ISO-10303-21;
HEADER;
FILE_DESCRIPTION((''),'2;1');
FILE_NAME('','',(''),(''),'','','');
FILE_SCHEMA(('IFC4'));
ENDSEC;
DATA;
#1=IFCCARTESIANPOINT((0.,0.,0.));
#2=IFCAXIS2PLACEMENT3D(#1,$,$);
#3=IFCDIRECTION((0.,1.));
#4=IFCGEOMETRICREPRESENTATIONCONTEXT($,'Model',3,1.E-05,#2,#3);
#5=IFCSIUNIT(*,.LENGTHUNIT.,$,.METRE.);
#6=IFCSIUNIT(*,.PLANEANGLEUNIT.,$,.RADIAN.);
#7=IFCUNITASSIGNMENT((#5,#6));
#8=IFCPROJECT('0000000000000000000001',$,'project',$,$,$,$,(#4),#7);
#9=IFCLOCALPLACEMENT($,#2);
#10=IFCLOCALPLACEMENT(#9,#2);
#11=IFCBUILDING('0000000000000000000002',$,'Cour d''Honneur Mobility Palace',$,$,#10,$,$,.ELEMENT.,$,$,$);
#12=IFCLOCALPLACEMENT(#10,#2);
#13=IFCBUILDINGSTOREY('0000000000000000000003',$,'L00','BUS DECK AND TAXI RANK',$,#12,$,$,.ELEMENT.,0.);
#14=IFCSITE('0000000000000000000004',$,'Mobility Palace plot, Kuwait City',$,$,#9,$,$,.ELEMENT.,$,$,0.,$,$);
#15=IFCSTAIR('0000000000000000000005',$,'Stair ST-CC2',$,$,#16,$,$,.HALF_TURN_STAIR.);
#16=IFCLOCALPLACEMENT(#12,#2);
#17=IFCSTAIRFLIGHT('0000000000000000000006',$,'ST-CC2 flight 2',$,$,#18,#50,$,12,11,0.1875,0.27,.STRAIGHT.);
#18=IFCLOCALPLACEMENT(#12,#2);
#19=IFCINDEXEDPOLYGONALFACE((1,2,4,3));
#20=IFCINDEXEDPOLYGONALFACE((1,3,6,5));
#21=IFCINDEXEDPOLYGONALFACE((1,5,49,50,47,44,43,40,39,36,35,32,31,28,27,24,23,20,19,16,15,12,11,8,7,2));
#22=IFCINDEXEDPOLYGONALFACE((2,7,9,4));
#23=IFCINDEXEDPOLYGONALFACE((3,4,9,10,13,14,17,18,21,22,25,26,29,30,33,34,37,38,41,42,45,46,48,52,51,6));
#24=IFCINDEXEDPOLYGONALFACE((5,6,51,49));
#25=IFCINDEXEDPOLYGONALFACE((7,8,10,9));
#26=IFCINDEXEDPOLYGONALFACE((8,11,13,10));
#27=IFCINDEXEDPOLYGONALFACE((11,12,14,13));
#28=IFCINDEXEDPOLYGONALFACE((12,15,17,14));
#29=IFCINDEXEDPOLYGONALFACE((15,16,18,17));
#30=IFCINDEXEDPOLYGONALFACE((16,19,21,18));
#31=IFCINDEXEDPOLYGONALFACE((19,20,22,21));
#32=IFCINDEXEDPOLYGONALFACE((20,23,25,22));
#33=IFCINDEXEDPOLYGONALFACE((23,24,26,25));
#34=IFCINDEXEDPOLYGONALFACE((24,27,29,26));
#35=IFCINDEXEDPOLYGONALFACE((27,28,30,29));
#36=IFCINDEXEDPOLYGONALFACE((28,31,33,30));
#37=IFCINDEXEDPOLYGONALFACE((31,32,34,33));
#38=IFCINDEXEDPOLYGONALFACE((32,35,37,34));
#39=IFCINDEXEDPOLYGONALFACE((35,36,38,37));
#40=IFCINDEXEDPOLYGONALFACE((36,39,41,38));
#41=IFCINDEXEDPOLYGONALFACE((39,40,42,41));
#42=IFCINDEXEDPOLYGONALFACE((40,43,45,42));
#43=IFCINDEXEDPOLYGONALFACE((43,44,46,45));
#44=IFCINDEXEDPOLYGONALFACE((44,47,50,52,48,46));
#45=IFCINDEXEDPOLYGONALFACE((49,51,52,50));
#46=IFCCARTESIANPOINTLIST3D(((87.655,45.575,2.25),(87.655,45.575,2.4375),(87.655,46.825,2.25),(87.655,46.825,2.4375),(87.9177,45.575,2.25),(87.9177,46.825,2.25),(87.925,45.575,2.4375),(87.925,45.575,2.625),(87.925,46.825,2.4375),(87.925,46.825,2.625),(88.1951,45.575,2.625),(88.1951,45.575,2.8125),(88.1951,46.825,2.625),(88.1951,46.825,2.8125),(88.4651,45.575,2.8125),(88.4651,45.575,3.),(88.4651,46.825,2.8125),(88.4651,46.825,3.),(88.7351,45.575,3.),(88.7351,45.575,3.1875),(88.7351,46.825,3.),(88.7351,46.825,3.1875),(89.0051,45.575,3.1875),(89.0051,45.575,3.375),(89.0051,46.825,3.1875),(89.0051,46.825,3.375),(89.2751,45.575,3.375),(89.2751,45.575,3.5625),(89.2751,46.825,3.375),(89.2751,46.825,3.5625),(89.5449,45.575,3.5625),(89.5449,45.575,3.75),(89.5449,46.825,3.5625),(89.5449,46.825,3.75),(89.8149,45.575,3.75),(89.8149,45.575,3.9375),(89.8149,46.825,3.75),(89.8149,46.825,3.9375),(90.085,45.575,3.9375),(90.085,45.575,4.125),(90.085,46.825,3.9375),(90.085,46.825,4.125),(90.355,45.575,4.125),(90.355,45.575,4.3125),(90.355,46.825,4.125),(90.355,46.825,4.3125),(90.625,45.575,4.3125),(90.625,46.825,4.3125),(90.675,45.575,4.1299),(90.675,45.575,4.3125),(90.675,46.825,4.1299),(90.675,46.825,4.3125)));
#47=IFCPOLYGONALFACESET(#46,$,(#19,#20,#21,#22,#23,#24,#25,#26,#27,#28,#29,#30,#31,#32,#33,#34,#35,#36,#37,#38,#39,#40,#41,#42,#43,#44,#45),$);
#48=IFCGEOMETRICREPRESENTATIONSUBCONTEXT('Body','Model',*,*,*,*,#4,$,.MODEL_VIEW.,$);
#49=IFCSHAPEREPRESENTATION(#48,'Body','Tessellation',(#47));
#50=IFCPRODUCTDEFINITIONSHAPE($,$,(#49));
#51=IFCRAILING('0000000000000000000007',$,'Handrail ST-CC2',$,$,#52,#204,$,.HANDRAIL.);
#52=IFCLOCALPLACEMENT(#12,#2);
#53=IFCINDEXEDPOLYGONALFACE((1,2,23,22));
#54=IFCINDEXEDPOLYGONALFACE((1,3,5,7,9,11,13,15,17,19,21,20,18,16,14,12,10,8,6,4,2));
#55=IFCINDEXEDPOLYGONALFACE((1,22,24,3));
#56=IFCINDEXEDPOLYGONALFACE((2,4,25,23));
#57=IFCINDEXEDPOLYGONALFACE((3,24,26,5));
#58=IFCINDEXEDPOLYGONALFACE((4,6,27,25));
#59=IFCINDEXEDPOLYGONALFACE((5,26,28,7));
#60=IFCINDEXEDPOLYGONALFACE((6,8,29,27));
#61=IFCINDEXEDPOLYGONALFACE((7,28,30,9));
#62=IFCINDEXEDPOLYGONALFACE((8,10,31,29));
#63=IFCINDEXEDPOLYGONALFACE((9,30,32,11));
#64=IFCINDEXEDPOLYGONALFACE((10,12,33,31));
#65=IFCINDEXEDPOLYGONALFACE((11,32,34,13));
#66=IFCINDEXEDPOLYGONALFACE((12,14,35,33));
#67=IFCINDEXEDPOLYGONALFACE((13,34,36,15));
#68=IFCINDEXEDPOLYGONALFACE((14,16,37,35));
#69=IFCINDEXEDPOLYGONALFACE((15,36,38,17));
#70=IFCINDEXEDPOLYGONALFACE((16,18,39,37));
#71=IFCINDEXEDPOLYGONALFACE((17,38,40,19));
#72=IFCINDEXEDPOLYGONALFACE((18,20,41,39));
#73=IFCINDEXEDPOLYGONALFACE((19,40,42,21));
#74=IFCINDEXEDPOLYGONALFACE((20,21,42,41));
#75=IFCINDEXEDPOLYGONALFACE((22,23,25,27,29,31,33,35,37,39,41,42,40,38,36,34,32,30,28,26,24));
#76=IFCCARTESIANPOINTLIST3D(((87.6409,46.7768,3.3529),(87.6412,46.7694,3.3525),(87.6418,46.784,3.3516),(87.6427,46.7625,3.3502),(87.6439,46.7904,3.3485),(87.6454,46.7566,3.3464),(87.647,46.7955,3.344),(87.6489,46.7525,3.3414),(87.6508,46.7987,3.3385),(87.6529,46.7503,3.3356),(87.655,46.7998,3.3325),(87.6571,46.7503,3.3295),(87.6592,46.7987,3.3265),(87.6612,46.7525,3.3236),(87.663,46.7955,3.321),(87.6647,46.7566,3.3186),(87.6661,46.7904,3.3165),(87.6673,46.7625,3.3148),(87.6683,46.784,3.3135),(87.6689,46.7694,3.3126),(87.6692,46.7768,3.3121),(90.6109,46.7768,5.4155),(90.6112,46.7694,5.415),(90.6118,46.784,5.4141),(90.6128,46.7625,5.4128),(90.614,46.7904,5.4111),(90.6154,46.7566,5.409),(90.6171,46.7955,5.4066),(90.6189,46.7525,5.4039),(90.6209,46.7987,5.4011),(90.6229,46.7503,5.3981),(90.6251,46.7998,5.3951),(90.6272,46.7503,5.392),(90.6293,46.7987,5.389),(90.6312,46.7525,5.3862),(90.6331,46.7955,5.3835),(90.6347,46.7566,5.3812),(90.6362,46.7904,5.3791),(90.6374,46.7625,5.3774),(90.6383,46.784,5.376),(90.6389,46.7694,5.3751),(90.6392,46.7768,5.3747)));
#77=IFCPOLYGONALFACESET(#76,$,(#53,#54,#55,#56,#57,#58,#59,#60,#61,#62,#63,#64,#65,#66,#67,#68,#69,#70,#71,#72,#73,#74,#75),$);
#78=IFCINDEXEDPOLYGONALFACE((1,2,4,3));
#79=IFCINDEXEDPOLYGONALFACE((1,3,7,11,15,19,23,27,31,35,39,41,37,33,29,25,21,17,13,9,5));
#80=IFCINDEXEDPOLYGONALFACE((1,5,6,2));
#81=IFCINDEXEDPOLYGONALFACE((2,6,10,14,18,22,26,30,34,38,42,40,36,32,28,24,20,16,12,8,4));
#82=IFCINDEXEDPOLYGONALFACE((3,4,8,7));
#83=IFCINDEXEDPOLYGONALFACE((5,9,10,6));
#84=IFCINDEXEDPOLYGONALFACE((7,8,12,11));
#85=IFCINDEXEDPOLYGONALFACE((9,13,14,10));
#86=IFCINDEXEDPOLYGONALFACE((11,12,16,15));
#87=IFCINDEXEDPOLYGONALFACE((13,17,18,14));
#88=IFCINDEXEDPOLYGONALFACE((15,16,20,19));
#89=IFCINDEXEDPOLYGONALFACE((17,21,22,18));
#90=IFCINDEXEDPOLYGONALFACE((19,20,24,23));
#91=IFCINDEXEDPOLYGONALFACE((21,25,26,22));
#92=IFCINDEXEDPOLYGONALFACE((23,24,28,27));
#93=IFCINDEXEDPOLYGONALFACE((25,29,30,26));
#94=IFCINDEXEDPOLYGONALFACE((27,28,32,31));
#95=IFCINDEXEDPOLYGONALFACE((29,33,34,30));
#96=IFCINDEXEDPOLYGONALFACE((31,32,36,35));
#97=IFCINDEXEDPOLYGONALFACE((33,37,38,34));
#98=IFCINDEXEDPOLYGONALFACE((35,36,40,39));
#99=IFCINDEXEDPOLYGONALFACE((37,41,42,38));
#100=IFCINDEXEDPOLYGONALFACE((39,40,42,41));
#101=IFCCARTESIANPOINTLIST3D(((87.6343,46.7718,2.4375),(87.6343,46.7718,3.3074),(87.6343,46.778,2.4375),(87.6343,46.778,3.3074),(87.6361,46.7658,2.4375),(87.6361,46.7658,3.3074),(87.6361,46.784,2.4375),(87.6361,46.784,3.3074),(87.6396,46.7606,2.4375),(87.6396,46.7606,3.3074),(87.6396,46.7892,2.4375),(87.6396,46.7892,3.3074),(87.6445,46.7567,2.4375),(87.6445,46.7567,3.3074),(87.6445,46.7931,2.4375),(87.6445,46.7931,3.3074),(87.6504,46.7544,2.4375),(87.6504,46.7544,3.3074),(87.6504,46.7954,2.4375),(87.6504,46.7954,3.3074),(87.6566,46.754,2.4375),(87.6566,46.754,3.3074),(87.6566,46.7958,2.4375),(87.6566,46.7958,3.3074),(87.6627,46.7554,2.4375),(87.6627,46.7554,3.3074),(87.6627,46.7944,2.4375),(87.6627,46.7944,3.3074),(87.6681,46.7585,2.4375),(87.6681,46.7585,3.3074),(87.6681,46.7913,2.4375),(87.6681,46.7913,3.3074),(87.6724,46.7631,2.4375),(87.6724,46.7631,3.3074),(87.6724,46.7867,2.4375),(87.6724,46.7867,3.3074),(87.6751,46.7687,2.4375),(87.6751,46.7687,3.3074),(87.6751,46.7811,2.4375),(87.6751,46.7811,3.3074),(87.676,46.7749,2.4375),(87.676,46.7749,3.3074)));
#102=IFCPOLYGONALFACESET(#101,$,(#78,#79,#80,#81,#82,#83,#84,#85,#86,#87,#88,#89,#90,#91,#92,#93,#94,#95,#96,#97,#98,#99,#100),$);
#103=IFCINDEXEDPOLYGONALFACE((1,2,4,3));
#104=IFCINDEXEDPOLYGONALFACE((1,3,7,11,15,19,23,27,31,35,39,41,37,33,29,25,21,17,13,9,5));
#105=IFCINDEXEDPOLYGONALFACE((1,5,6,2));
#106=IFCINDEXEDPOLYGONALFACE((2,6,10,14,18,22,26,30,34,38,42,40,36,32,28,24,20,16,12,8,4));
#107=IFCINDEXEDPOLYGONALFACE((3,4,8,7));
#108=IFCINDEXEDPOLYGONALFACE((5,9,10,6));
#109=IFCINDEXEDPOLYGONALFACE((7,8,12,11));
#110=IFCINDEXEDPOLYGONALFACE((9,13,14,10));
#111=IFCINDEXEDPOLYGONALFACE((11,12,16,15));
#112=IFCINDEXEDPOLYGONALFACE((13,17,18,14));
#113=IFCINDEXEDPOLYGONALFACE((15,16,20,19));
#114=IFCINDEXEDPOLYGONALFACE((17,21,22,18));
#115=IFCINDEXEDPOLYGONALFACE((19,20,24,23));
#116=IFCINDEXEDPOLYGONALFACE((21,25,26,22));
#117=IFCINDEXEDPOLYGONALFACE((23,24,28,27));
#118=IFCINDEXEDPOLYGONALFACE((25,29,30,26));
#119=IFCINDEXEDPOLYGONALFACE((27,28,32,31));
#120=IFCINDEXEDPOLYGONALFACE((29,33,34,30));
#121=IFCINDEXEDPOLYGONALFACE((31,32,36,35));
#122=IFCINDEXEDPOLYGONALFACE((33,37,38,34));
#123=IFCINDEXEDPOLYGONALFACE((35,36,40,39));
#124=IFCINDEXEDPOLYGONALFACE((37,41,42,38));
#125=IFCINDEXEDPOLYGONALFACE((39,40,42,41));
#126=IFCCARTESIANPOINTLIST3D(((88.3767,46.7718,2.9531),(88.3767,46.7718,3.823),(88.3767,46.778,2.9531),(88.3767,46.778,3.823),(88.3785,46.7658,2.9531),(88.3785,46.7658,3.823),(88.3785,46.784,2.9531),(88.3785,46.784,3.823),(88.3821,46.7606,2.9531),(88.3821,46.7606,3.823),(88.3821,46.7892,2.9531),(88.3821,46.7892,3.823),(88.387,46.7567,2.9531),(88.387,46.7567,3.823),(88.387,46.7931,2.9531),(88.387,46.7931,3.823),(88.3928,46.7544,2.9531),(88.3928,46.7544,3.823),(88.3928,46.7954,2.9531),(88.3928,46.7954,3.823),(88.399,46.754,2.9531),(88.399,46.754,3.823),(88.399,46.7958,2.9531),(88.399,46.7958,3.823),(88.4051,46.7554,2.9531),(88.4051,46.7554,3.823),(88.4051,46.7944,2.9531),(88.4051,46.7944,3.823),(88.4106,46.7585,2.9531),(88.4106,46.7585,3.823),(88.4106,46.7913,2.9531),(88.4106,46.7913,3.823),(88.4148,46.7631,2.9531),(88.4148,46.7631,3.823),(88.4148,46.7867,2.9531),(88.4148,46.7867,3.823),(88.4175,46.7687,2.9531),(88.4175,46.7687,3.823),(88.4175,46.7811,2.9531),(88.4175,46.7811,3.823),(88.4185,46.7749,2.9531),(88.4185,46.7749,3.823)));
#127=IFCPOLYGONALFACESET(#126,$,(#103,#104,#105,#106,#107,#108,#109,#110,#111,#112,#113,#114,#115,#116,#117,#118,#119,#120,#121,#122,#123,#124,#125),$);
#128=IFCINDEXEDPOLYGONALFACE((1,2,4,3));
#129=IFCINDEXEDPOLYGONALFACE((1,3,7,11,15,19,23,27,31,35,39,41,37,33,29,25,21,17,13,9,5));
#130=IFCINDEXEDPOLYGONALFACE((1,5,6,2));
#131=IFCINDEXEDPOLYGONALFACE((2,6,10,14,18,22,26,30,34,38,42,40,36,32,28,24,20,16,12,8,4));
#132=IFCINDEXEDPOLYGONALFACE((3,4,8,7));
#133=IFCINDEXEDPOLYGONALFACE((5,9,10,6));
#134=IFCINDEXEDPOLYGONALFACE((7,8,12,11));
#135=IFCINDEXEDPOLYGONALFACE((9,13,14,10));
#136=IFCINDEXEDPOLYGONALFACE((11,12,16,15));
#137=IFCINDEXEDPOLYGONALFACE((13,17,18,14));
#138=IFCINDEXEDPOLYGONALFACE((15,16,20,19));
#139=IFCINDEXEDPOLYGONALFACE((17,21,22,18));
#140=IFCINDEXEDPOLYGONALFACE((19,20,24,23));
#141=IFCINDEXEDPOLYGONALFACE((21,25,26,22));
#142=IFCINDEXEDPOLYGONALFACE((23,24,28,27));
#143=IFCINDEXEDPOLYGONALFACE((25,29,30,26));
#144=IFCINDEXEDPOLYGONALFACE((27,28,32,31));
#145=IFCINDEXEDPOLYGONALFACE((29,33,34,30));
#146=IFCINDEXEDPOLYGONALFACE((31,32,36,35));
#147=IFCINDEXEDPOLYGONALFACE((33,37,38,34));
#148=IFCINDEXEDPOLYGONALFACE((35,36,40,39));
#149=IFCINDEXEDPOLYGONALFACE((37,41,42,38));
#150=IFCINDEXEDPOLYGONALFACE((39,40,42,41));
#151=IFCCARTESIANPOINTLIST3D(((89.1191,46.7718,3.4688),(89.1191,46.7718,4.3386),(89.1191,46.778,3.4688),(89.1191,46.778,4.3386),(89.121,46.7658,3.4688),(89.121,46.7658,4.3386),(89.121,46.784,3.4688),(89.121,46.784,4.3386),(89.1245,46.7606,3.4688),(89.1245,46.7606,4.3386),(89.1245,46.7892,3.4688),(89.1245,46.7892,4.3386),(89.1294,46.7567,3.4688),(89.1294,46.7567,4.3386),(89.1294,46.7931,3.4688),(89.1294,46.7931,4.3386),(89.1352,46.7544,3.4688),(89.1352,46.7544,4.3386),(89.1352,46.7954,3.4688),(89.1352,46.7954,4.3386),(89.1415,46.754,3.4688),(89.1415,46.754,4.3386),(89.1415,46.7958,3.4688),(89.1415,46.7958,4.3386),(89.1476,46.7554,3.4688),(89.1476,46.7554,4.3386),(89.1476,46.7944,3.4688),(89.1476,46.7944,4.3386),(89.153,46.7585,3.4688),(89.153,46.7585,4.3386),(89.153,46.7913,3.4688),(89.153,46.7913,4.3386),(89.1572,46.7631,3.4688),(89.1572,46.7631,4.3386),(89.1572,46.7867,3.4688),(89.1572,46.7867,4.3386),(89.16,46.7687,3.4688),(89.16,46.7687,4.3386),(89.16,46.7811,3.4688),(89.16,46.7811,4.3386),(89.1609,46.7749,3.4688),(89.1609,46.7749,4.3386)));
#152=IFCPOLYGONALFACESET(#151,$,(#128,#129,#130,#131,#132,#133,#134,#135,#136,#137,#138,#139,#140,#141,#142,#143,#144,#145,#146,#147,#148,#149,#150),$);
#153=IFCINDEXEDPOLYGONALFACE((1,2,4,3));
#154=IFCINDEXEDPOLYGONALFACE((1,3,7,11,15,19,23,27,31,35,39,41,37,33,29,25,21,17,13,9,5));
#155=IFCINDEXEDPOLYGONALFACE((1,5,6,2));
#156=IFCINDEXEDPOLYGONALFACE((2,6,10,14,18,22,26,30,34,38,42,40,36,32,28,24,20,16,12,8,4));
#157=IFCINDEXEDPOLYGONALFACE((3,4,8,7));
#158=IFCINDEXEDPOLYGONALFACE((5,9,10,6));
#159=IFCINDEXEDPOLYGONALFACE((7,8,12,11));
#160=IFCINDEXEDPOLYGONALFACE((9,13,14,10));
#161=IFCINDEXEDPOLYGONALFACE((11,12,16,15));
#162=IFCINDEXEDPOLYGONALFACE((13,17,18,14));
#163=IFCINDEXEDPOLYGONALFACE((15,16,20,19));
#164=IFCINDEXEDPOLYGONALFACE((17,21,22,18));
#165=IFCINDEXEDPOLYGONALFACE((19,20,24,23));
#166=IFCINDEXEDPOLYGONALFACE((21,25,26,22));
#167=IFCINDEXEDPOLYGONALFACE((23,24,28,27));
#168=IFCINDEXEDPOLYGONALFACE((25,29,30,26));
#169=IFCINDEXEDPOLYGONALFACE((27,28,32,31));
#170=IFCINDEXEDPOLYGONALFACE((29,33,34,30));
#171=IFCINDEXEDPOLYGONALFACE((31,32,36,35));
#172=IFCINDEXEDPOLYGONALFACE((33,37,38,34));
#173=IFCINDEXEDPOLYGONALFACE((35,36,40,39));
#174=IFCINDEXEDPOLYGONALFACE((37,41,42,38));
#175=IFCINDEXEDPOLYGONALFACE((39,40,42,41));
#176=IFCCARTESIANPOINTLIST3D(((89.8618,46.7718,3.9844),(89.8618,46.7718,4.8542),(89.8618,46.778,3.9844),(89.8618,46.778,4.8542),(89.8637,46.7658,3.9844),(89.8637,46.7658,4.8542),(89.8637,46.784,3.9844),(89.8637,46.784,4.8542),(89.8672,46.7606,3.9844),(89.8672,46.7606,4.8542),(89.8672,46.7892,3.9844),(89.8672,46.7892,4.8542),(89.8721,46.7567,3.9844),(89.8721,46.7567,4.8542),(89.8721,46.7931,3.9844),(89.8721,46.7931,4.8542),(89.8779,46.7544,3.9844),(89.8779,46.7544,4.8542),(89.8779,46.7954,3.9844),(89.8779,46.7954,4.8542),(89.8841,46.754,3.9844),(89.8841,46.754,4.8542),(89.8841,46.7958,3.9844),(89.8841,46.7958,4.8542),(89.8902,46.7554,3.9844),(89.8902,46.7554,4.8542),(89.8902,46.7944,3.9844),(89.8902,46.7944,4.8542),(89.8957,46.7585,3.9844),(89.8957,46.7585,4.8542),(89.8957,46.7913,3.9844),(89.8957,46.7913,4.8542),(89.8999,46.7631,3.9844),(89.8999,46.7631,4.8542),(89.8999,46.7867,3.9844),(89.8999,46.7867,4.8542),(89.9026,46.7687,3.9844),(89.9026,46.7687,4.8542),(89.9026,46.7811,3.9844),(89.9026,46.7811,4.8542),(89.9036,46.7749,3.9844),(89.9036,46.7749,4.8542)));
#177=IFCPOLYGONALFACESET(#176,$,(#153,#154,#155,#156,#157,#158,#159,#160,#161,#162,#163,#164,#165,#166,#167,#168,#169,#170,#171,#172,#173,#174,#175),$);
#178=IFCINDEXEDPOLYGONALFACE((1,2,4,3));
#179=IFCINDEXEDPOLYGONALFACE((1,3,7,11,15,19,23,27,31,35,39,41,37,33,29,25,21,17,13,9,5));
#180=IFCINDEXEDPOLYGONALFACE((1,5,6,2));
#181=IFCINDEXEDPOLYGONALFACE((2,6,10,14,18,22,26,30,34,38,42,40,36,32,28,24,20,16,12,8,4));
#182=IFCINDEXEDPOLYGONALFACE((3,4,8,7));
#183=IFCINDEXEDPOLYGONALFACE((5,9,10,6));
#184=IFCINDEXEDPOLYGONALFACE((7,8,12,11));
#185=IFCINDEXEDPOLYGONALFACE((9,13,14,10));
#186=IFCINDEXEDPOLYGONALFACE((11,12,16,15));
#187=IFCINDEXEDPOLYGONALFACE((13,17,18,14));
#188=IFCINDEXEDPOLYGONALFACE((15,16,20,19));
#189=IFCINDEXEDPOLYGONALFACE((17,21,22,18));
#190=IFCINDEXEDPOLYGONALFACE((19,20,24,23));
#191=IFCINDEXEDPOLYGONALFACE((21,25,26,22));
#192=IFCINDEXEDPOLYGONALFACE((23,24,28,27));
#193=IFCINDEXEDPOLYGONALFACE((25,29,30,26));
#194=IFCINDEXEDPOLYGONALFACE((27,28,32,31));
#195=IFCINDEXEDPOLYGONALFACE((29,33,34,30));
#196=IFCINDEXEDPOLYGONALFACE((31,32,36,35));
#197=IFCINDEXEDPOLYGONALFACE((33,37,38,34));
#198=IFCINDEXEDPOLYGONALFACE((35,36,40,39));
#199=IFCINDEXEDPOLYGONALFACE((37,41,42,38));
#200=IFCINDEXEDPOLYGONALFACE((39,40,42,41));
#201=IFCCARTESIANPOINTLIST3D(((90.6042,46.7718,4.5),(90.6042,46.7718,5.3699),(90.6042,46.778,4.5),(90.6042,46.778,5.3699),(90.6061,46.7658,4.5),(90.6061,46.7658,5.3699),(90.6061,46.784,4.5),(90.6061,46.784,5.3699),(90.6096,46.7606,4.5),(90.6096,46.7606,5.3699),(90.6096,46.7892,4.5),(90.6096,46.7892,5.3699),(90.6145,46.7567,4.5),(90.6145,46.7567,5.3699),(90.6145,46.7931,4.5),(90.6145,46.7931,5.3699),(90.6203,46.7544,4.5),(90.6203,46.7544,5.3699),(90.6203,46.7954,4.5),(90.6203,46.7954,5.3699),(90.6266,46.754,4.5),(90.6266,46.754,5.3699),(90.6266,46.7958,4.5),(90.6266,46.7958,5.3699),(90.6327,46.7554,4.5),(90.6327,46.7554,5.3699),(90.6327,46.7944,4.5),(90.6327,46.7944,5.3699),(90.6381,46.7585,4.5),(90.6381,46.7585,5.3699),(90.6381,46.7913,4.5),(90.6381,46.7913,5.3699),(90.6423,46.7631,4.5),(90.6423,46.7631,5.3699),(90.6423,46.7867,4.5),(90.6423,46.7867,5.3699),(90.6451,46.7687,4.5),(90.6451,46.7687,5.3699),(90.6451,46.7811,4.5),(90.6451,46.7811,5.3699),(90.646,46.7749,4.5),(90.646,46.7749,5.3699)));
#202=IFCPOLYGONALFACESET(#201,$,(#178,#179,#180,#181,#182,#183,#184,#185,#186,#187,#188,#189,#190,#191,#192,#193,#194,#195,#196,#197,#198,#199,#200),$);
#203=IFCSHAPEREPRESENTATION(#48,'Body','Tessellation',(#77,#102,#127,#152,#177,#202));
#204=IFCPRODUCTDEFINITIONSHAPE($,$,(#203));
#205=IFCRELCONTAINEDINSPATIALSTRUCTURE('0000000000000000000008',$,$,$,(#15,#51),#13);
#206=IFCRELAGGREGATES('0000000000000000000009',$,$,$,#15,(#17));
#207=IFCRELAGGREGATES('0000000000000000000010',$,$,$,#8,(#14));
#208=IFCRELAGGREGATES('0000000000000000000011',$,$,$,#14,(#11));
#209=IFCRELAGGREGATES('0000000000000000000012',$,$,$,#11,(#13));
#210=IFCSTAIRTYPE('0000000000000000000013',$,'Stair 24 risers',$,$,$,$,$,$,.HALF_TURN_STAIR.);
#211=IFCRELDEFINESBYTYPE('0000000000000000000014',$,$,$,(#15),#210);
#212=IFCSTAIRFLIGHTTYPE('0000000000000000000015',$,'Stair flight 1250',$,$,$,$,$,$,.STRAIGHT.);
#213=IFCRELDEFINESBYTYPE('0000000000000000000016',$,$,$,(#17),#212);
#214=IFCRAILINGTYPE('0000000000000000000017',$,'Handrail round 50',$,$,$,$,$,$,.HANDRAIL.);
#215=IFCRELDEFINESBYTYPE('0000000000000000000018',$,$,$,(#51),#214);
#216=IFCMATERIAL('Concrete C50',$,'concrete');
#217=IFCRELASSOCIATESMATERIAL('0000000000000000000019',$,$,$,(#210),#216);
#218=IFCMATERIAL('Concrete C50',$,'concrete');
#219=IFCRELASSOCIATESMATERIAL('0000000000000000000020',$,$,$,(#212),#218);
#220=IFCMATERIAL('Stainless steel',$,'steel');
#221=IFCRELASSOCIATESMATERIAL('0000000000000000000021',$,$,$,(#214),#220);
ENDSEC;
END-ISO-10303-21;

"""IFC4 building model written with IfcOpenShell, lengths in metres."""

from ifc_helpers import new_model, si_unit, direction, frame, origin, origin_2d, place, context, subcontext, project, spatial, polyline, circle, outline, extrude, material, type_object, element, aggregate, save


model = new_model("IFC4")

# Units and contexts
model_context = context("Model", 3, precision=1e-05, world=origin(), true_north=direction((0.0, 1.0)))
body_context = subcontext(model_context, "Body", "Model", "MODEL_VIEW")
ifc_project = project(units=[si_unit("LENGTHUNIT", "METRE"), si_unit("PLANEANGLEUNIT", "RADIAN")], contexts=[model_context])

# Site, building, storey
site_placement = place(None, origin())
site = spatial("IfcSite", under=ifc_project, at=site_placement, Name="Mobility Palace plot, Kuwait City", CompositionType="ELEMENT", RefElevation=0.0)
building_placement = place(site_placement, origin())
building = spatial("IfcBuilding", under=site, at=building_placement, Name="Cour d'Honneur Mobility Palace", CompositionType="ELEMENT")
storey_placement = place(building_placement, origin())
storey = spatial("IfcBuildingStorey", under=building, at=storey_placement, Name="L00", Description="BUS DECK AND TAXI RANK", CompositionType="ELEMENT", Elevation=0.0)

# Stair, stair flight
ifc_material_1 = material(Name="Concrete C50", Category="concrete")
stair_type = type_object("IfcStairType", Name="Stair 24 risers", PredefinedType="HALF_TURN_STAIR", material=ifc_material_1)
stair_placement = place(storey_placement, origin())
stair = element("IfcStair", 1, at=stair_placement, inside=storey, type_object=stair_type, Name="Stair ST-CC2", PredefinedType="HALF_TURN_STAIR")
ifc_material_2 = material(Name="Concrete C50", Category="concrete")
stair_flight_type = type_object("IfcStairFlightType", Name="Stair flight 1250", PredefinedType="STRAIGHT", material=ifc_material_2)
stair_flight_placement = place(storey_placement, frame((87.655, 46.2, 2.25), z_axis=(0.0, 0.0, 1.0), x_axis=(1.0, 0.0, 0.0)))
stair_flight = element("IfcStairFlight", 2, at=stair_flight_placement, type_object=stair_flight_type, Name="ST-CC2 flight 2", NumberOfRisers=12, NumberOfTreads=11, PredefinedType="STRAIGHT", RiserHeight=0.1875, TreadLength=0.27, context=body_context, shape_type="SweptSolid", body=[
    extrude(outline(polyline([(0.0, 0.0), (0.0, 0.1875), (0.27, 0.1875), (0.27, 0.375), (0.54, 0.375), (0.54, 0.5625), (0.8101, 0.5625), (0.8101, 0.75), (1.0801, 0.75), (1.0801, 0.9375), (1.3501, 0.9375), (1.3501, 1.125), (1.6201, 1.125), (1.6201, 1.3125), (1.8899, 1.3125), (1.8899, 1.5), (2.1599, 1.5), (2.1599, 1.6875), (2.4299, 1.6875), (2.4299, 1.875), (2.7, 1.875), (2.7, 2.0625), (2.97, 2.0625), (3.02, 2.0625), (3.02, 1.8799), (0.2627, 0.0), (0.0, 0.0)])), frame((0.0, 0.625, 0.0), z_axis=(0.0, -1.0, 0.0), x_axis=(1.0, 0.0, 0.0)), (0.0, 0.0, 1.0), 1.25),
])
aggregate(stair, [stair_flight])

# Railing
ifc_material_3 = material(Name="Stainless steel", Category="steel")
railing_type = type_object("IfcRailingType", Name="Handrail round 50", PredefinedType="HANDRAIL", material=ifc_material_3)
for number, where, name in (
    (3, (87.655, 46.7749, 2.4375), "Handrail ST-CC2"),
):
    element("IfcRailing", number, at=place(storey_placement, frame(where)), inside=storey, type_object=railing_type, Name=name, PredefinedType="HANDRAIL", context=body_context, shape_type="SweptSolid", body=[
        extrude(circle(Radius=0.0249, at=origin_2d()), frame((0.0, 0.0, 0.895), z_axis=(0.821367, 0.0, 0.5704), x_axis=(0.0, 1.0, 0.0)), (0.0, 0.0, 1.0), 3.616),
        extrude(circle(Radius=0.021, at=origin_2d()), origin(), (0.0, 0.0, 1.0), 0.8699),
        extrude(circle(Radius=0.021, at=origin_2d()), frame((0.7424, 0.0, 0.5156)), (0.0, 0.0, 1.0), 0.8699),
        extrude(circle(Radius=0.021, at=origin_2d()), frame((1.4849, 0.0, 1.0312)), (0.0, 0.0, 1.0), 0.8699),
        extrude(circle(Radius=0.021, at=origin_2d()), frame((2.2275, 0.0, 1.5469)), (0.0, 0.0, 1.0), 0.8699),
        extrude(circle(Radius=0.021, at=origin_2d()), frame((2.97, 0.0, 2.0625)), (0.0, 0.0, 1.0), 0.8699),
    ])

save(model, "model.ifc")
